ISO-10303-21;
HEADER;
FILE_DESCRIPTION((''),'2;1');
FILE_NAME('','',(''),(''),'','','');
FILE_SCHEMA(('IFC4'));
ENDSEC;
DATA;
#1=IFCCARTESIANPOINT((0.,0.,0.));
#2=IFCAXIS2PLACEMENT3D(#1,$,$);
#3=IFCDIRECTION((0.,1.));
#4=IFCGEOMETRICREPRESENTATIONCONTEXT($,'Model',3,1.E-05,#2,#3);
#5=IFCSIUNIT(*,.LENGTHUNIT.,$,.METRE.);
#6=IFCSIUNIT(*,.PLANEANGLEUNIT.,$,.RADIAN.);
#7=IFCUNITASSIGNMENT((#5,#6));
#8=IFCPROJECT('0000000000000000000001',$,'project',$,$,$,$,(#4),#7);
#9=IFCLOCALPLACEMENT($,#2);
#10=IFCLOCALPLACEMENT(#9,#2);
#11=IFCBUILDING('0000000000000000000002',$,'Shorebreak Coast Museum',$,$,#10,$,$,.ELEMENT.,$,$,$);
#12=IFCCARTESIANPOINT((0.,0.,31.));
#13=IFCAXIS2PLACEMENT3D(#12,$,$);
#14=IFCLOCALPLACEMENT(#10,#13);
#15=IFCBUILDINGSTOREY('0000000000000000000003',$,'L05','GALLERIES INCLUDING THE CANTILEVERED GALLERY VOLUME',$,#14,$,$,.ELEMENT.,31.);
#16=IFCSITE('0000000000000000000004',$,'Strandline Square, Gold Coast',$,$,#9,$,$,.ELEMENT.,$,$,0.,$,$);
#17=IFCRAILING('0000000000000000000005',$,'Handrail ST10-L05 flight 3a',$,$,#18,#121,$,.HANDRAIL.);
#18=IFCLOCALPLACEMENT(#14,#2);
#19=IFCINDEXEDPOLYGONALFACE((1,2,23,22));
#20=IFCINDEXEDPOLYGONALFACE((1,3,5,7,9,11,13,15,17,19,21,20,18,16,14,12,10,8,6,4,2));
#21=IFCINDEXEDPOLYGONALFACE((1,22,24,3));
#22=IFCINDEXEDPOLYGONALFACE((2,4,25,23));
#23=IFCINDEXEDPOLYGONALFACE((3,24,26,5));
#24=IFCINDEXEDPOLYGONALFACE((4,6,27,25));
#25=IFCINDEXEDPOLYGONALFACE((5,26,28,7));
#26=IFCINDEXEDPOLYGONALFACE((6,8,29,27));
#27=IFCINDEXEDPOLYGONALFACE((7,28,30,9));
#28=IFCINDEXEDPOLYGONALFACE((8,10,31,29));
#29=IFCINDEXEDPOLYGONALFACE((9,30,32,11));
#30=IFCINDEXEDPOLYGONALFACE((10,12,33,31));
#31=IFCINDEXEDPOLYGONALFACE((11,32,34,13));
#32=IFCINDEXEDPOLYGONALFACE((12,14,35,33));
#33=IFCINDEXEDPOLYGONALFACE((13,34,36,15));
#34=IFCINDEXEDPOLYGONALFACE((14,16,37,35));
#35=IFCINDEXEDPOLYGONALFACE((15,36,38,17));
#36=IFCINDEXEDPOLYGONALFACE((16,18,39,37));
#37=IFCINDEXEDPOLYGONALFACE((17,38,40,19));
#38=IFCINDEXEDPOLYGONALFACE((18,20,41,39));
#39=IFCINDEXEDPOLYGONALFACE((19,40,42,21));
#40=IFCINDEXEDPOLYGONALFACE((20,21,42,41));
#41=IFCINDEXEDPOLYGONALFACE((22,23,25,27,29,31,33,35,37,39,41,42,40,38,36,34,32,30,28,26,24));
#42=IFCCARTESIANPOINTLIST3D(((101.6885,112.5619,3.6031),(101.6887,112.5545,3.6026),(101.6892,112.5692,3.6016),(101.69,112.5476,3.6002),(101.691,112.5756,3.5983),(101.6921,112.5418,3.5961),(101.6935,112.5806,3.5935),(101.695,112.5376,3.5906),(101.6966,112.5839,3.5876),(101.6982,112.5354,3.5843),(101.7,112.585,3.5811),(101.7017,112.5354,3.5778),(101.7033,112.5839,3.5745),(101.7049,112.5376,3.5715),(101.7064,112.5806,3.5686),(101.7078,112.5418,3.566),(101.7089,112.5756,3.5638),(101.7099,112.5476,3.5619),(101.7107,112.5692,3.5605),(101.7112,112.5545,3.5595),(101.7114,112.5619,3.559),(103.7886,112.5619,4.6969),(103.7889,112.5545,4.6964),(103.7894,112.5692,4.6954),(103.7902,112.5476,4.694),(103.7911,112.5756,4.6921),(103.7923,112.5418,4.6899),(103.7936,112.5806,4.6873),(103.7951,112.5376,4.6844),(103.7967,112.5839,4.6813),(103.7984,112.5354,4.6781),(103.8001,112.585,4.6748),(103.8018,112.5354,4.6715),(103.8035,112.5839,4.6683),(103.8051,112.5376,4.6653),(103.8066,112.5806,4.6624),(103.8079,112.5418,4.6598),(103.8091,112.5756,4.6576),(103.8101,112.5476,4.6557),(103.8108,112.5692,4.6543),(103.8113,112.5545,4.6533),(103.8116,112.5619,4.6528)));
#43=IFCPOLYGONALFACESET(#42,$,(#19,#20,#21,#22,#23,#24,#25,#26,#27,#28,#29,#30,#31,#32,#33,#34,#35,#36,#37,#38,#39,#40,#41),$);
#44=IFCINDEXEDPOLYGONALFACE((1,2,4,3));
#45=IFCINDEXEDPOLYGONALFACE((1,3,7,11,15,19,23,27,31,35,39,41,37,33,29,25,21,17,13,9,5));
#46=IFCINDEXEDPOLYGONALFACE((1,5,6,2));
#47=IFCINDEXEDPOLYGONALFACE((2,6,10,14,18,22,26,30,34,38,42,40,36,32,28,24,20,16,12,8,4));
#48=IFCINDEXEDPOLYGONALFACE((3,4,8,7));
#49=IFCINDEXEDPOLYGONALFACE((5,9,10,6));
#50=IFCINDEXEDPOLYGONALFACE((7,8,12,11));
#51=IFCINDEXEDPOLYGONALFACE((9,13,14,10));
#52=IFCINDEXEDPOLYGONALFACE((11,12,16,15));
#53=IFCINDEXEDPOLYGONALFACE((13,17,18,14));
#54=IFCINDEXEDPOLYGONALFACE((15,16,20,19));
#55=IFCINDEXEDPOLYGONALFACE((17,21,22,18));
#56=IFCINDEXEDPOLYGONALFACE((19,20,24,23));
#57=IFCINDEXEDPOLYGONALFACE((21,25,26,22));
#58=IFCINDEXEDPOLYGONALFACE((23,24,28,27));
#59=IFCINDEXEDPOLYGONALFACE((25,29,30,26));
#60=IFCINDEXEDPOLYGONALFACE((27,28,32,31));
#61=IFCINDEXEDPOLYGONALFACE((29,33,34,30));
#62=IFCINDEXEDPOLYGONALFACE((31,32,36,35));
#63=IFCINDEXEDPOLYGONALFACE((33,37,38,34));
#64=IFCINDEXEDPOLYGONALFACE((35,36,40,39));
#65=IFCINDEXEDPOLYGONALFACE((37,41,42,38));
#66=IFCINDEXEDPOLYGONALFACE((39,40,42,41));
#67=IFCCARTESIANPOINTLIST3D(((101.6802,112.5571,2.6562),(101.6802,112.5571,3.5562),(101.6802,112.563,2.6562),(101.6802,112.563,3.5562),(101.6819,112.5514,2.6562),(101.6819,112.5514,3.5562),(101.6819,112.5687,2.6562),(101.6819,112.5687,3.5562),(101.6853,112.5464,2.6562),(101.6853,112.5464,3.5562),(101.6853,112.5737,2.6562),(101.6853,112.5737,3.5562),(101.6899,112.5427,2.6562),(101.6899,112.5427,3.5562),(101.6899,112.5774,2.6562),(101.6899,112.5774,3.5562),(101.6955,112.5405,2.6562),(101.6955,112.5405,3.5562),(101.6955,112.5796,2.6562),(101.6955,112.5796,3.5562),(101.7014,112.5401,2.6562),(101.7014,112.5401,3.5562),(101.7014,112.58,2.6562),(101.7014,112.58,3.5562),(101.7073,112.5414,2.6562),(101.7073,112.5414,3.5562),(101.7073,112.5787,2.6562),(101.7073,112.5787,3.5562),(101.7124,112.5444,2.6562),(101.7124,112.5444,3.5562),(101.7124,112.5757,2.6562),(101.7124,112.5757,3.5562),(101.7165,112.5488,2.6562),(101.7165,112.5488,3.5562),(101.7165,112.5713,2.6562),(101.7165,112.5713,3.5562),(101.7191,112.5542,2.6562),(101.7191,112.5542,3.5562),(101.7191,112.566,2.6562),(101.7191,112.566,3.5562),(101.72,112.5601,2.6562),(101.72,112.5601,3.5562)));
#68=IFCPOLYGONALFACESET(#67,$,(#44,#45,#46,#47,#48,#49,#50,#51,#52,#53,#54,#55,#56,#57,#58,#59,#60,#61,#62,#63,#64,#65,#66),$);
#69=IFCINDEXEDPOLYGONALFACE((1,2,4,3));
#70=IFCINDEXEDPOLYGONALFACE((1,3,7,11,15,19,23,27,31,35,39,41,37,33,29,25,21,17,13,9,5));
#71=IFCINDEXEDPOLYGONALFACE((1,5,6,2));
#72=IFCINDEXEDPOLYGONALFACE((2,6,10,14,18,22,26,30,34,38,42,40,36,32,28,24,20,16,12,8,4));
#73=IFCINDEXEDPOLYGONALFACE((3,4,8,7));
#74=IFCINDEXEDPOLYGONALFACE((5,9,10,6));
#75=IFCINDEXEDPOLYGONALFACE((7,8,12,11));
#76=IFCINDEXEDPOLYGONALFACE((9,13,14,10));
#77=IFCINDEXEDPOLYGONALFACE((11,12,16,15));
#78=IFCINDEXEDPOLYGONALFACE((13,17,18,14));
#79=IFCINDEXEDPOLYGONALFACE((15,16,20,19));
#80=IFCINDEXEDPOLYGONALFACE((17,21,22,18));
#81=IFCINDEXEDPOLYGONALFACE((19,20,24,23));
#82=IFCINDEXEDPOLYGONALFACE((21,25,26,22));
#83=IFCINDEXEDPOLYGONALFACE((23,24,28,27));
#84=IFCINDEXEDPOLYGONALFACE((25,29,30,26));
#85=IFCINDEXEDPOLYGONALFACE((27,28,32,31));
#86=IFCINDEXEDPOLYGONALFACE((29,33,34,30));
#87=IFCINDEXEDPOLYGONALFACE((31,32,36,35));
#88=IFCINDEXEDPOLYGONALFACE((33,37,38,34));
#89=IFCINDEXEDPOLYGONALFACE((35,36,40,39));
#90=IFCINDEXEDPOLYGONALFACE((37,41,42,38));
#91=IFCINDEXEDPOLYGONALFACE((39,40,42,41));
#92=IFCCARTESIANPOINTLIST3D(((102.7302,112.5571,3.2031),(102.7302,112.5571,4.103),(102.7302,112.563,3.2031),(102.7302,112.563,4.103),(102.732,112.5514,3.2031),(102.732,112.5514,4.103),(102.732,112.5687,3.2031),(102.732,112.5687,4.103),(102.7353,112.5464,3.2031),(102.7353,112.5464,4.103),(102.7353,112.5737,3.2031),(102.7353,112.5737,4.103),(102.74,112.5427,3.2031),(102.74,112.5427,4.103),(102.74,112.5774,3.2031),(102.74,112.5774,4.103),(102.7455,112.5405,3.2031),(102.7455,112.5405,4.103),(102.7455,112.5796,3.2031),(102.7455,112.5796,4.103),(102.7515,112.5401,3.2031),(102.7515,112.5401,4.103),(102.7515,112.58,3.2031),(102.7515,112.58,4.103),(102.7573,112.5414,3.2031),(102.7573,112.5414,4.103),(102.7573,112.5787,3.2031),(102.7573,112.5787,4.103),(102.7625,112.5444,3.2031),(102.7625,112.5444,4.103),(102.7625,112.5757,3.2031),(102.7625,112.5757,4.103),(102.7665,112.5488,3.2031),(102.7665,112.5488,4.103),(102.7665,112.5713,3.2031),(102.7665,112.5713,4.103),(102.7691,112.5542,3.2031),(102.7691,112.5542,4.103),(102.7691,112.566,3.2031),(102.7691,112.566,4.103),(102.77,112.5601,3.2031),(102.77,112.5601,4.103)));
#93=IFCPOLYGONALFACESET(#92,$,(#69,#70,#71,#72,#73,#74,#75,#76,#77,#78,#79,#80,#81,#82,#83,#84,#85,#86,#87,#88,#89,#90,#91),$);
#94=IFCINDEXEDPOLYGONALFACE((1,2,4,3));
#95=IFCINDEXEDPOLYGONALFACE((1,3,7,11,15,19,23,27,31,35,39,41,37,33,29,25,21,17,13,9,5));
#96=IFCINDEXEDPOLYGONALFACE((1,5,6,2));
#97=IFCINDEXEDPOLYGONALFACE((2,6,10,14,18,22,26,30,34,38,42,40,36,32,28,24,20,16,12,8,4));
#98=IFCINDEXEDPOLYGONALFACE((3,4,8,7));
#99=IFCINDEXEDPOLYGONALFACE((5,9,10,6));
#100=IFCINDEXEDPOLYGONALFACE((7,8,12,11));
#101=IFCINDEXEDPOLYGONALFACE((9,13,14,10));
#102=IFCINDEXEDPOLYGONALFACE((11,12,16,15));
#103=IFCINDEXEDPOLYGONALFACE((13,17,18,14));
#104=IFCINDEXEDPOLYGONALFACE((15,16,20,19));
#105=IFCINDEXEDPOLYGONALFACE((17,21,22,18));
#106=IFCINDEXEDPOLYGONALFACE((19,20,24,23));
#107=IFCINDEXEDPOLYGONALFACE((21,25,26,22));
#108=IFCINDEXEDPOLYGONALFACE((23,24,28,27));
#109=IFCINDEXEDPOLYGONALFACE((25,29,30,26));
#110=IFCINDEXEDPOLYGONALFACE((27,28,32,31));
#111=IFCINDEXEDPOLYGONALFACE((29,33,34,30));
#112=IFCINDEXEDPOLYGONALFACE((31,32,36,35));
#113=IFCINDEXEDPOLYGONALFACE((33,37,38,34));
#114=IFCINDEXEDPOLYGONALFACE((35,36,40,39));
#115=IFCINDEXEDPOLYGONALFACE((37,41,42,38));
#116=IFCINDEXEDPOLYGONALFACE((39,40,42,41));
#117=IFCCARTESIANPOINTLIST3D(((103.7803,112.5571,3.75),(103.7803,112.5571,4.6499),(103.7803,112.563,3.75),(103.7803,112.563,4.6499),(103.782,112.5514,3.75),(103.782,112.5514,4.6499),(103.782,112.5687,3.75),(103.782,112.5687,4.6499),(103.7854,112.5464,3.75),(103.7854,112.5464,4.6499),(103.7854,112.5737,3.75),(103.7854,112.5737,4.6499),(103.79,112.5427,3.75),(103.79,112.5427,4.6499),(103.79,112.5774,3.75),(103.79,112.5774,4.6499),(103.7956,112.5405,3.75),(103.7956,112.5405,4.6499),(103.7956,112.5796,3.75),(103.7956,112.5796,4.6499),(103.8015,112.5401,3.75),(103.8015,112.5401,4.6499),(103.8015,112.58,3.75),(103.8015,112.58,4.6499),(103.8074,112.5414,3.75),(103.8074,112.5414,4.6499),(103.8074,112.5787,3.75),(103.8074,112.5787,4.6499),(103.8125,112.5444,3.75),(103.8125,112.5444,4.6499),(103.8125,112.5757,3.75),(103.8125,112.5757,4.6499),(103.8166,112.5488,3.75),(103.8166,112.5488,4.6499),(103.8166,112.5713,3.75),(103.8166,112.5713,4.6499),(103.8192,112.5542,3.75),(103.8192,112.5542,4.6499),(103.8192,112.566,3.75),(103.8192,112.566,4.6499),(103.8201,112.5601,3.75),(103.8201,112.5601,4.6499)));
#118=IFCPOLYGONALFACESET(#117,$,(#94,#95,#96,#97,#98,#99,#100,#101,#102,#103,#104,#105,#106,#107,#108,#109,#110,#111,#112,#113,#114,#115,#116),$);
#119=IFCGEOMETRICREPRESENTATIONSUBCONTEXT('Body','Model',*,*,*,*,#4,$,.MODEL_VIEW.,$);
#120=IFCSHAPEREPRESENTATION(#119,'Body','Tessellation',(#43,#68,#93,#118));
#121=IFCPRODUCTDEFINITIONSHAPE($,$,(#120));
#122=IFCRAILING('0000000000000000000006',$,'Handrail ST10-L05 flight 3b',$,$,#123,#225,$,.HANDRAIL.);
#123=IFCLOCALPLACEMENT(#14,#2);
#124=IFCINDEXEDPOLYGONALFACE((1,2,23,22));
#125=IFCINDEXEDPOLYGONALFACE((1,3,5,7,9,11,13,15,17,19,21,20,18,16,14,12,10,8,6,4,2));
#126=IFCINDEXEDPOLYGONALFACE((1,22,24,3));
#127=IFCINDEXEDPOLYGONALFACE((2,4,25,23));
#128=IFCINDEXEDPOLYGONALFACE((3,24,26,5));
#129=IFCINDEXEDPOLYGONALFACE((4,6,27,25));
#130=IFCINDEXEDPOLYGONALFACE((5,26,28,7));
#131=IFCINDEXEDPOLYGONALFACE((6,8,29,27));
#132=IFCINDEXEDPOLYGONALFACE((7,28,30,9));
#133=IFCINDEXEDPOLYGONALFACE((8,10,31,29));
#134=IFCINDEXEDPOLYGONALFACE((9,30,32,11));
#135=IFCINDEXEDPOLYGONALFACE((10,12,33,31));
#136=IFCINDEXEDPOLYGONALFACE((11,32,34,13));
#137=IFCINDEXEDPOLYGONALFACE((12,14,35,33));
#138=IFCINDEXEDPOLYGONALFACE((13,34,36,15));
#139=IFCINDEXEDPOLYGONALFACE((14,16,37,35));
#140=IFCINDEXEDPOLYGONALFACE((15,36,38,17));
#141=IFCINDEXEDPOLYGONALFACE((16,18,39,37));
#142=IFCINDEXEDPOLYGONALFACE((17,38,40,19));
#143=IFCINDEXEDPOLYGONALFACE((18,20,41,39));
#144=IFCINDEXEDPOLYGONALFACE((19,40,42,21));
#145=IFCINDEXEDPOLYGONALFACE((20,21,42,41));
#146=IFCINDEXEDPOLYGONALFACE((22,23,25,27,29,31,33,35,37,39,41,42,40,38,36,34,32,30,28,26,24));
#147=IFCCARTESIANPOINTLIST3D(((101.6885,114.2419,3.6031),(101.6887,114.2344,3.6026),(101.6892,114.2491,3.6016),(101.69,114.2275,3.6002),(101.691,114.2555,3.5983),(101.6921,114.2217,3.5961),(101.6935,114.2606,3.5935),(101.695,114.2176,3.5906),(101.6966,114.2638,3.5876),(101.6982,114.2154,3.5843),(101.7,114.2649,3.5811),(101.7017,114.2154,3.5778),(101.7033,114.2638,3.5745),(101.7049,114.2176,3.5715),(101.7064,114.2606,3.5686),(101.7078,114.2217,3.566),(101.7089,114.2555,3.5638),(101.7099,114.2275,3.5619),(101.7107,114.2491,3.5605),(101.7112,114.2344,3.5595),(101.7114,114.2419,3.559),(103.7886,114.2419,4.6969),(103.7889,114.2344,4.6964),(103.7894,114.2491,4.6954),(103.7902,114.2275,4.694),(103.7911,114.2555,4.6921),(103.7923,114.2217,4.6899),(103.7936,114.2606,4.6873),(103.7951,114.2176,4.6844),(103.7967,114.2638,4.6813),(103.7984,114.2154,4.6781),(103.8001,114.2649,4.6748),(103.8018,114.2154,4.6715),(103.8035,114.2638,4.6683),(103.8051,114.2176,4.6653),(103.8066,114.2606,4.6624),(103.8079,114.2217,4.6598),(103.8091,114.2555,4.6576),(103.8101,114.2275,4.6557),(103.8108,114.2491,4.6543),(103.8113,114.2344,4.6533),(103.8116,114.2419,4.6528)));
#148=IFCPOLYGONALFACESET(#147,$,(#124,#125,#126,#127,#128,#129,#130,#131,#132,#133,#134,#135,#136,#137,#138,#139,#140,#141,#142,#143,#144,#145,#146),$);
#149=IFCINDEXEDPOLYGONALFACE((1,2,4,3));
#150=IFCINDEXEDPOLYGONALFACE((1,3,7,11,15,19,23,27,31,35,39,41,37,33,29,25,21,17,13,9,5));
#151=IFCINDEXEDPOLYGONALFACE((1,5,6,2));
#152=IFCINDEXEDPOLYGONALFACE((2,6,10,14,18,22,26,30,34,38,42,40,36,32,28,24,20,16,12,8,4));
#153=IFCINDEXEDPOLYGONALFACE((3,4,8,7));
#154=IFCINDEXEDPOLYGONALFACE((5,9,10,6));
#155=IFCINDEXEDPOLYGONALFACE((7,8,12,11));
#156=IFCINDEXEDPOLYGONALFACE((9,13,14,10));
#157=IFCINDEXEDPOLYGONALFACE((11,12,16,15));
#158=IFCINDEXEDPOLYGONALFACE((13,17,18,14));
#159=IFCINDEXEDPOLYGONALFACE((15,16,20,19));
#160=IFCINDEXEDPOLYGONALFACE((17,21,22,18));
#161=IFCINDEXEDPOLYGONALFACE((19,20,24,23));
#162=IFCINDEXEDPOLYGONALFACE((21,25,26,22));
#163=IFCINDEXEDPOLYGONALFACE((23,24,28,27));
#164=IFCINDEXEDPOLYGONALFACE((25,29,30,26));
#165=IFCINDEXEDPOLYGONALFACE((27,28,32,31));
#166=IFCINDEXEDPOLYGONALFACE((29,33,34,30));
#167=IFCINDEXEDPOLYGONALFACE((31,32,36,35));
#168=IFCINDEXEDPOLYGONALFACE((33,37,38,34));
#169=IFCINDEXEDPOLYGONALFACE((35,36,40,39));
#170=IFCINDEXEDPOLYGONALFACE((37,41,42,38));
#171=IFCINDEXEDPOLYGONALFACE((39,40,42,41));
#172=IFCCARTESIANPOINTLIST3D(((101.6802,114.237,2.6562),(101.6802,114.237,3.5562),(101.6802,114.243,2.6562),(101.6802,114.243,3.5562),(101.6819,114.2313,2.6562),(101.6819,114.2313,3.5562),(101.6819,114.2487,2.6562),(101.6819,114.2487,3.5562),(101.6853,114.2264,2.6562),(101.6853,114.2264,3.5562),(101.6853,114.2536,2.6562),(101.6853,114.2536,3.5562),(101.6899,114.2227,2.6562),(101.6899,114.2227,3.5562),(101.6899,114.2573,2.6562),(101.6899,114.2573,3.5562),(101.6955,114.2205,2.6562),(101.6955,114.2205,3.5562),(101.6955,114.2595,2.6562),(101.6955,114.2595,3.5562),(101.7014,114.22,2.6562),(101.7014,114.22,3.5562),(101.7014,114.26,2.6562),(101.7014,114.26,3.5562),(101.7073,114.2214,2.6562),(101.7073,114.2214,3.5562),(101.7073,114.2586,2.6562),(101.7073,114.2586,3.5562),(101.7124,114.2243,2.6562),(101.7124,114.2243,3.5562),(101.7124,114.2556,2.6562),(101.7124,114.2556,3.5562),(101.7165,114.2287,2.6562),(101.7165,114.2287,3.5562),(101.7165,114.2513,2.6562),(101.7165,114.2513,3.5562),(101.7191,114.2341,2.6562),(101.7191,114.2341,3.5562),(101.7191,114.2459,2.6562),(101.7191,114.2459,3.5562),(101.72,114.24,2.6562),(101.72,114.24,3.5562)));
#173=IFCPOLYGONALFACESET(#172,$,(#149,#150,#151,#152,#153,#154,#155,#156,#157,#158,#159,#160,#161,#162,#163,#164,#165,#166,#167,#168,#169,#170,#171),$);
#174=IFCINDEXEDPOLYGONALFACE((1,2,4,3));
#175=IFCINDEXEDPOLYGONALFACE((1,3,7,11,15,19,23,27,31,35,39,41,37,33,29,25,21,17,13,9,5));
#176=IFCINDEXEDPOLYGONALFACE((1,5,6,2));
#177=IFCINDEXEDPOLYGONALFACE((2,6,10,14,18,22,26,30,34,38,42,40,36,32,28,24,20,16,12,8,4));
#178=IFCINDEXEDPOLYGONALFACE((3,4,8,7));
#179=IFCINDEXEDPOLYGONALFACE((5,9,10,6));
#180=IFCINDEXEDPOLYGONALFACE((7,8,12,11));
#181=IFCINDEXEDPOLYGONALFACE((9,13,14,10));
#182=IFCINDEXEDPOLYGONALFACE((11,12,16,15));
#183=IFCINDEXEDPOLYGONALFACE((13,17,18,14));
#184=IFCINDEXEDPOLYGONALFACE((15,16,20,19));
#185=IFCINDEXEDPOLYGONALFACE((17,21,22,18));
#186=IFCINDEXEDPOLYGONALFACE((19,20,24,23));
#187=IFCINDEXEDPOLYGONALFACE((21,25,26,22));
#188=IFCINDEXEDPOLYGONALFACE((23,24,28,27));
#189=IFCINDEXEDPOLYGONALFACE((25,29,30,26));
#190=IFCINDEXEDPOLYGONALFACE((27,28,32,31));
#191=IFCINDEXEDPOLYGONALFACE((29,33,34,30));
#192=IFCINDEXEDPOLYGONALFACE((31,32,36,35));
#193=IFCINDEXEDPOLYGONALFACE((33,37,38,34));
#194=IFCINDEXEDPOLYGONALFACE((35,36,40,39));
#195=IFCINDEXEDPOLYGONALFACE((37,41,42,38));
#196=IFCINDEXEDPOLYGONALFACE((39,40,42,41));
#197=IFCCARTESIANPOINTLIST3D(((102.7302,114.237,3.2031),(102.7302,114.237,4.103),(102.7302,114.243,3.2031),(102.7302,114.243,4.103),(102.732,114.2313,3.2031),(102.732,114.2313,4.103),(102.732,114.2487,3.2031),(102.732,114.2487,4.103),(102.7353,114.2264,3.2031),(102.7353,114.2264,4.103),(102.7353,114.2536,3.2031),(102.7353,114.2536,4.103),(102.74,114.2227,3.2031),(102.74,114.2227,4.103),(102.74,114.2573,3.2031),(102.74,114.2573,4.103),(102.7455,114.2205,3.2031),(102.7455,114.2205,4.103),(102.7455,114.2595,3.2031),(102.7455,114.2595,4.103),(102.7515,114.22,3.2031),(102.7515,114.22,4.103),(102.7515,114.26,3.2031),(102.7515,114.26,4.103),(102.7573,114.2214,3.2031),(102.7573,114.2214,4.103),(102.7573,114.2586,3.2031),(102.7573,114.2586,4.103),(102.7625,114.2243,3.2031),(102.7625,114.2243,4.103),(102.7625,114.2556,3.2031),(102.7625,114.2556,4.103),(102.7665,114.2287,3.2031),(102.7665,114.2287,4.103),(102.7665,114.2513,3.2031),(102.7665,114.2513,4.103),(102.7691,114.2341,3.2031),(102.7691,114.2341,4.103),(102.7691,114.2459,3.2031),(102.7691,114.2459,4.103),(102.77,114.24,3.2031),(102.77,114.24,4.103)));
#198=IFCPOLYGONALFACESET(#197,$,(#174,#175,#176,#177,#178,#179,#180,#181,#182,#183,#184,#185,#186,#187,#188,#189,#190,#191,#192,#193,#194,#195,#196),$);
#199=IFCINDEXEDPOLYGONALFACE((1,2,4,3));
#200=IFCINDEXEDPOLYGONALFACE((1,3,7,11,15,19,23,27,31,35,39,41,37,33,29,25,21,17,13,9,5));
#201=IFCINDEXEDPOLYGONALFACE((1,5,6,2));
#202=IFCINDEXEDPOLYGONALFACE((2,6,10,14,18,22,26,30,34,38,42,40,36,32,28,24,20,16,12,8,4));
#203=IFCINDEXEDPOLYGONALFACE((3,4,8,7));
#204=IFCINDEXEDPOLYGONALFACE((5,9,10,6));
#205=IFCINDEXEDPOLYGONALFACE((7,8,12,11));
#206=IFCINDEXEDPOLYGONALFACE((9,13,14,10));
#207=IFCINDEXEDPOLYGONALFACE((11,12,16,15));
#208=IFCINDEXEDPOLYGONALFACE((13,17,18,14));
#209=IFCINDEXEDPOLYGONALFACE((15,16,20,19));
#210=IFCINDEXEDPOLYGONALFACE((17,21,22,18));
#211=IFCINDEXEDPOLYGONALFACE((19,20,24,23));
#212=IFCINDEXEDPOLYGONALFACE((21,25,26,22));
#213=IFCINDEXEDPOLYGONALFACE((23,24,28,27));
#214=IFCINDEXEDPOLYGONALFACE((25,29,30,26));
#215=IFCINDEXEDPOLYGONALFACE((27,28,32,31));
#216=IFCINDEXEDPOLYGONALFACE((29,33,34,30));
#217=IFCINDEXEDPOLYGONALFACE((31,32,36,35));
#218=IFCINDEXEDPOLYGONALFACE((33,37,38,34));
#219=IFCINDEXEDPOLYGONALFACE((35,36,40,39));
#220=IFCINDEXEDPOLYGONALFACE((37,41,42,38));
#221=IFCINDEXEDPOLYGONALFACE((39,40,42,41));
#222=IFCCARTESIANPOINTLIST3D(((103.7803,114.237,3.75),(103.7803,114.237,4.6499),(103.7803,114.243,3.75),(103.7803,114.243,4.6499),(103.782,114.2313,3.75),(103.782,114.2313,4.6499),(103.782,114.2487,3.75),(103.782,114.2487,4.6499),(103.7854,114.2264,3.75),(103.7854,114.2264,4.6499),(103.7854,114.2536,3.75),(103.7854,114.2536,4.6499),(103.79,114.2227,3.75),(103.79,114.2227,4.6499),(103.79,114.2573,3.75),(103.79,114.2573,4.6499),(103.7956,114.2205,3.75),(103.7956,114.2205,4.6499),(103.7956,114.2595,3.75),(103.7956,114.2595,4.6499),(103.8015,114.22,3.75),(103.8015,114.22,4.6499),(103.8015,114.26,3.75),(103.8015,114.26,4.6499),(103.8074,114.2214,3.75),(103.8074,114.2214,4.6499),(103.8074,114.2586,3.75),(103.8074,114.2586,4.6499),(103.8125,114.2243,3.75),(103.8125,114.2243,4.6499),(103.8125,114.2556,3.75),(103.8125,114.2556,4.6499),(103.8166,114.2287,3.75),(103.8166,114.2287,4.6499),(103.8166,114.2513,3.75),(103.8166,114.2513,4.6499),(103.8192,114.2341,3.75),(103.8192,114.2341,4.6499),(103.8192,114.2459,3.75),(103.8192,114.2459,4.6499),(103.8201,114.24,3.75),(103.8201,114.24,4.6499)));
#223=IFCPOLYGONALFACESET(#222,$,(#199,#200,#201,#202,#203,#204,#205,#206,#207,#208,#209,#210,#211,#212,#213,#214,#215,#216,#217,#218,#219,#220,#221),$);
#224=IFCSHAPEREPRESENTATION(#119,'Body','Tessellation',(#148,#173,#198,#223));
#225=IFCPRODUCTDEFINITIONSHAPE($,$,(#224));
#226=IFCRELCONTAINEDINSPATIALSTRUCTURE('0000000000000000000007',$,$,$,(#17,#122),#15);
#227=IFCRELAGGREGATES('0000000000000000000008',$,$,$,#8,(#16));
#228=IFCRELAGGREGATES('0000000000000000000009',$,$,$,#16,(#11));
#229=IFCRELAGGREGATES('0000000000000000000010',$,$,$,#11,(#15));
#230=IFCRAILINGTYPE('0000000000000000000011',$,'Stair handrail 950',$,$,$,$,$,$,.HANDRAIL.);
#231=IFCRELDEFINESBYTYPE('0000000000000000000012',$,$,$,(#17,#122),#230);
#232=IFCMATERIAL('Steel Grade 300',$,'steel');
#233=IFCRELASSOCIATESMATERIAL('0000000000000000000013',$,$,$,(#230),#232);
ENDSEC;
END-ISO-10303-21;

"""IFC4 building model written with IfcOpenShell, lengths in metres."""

from ifc_helpers import new_model, si_unit, direction, frame, origin, origin_2d, place, context, subcontext, project, spatial, circle, extrude, material, type_object, element, save


model = new_model("IFC4")

# Units and contexts
model_context = context("Model", 3, precision=1e-05, world=origin(), true_north=direction((0.0, 1.0)))
body_context = subcontext(model_context, "Body", "Model", "MODEL_VIEW")
ifc_project = project(units=[si_unit("LENGTHUNIT", "METRE"), si_unit("PLANEANGLEUNIT", "RADIAN")], contexts=[model_context])

# Site, building, storey
site_placement = place(None, origin())
site = spatial("IfcSite", under=ifc_project, at=site_placement, Name="Strandline Square, Gold Coast", CompositionType="ELEMENT", RefElevation=0.0)
building_placement = place(site_placement, origin())
building = spatial("IfcBuilding", under=site, at=building_placement, Name="Shorebreak Coast Museum", CompositionType="ELEMENT")
storey_placement = place(building_placement, frame((0.0, 0.0, 31.0)))
storey = spatial("IfcBuildingStorey", under=building, at=storey_placement, Name="L05", Description="GALLERIES INCLUDING THE CANTILEVERED GALLERY VOLUME", CompositionType="ELEMENT", Elevation=31.0)

# Railings
ifc_material_1 = material(Name="Steel Grade 300", Category="steel")
railing_type_1 = type_object("IfcRailingType", Name="Stair handrail 950", PredefinedType="HANDRAIL", material=ifc_material_1)
for number, where, name in (
    (1, (101.7, 112.5601, 2.6562), "Handrail ST10-L05 flight 3a"),
    (2, (101.7, 114.24, 2.6562), "Handrail ST10-L05 flight 3b"),
):
    element("IfcRailing", number, at=place(storey_placement, frame(where)), inside=storey, type_object=railing_type_1, Name=name, PredefinedType="HANDRAIL", context=body_context, shape_type="SweptSolid", body=[
        extrude(circle(Radius=0.0249, at=origin_2d()), frame((0.0, 0.0, 0.9248), z_axis=(0.886923, 0.0, 0.461918), x_axis=(0.0, 1.0, 0.0)), (0.0, 0.0, 1.0), 2.3679),
        extrude(circle(Radius=0.02, at=origin_2d()), origin(), (0.0, 0.0, 1.0), 0.8999),
        extrude(circle(Radius=0.02, at=origin_2d()), frame((1.05, 0.0, 0.5469)), (0.0, 0.0, 1.0), 0.8999),
        extrude(circle(Radius=0.02, at=origin_2d()), frame((2.1001, 0.0, 1.0938)), (0.0, 0.0, 1.0), 0.8999),
    ])

save(model, "model.ifc")
